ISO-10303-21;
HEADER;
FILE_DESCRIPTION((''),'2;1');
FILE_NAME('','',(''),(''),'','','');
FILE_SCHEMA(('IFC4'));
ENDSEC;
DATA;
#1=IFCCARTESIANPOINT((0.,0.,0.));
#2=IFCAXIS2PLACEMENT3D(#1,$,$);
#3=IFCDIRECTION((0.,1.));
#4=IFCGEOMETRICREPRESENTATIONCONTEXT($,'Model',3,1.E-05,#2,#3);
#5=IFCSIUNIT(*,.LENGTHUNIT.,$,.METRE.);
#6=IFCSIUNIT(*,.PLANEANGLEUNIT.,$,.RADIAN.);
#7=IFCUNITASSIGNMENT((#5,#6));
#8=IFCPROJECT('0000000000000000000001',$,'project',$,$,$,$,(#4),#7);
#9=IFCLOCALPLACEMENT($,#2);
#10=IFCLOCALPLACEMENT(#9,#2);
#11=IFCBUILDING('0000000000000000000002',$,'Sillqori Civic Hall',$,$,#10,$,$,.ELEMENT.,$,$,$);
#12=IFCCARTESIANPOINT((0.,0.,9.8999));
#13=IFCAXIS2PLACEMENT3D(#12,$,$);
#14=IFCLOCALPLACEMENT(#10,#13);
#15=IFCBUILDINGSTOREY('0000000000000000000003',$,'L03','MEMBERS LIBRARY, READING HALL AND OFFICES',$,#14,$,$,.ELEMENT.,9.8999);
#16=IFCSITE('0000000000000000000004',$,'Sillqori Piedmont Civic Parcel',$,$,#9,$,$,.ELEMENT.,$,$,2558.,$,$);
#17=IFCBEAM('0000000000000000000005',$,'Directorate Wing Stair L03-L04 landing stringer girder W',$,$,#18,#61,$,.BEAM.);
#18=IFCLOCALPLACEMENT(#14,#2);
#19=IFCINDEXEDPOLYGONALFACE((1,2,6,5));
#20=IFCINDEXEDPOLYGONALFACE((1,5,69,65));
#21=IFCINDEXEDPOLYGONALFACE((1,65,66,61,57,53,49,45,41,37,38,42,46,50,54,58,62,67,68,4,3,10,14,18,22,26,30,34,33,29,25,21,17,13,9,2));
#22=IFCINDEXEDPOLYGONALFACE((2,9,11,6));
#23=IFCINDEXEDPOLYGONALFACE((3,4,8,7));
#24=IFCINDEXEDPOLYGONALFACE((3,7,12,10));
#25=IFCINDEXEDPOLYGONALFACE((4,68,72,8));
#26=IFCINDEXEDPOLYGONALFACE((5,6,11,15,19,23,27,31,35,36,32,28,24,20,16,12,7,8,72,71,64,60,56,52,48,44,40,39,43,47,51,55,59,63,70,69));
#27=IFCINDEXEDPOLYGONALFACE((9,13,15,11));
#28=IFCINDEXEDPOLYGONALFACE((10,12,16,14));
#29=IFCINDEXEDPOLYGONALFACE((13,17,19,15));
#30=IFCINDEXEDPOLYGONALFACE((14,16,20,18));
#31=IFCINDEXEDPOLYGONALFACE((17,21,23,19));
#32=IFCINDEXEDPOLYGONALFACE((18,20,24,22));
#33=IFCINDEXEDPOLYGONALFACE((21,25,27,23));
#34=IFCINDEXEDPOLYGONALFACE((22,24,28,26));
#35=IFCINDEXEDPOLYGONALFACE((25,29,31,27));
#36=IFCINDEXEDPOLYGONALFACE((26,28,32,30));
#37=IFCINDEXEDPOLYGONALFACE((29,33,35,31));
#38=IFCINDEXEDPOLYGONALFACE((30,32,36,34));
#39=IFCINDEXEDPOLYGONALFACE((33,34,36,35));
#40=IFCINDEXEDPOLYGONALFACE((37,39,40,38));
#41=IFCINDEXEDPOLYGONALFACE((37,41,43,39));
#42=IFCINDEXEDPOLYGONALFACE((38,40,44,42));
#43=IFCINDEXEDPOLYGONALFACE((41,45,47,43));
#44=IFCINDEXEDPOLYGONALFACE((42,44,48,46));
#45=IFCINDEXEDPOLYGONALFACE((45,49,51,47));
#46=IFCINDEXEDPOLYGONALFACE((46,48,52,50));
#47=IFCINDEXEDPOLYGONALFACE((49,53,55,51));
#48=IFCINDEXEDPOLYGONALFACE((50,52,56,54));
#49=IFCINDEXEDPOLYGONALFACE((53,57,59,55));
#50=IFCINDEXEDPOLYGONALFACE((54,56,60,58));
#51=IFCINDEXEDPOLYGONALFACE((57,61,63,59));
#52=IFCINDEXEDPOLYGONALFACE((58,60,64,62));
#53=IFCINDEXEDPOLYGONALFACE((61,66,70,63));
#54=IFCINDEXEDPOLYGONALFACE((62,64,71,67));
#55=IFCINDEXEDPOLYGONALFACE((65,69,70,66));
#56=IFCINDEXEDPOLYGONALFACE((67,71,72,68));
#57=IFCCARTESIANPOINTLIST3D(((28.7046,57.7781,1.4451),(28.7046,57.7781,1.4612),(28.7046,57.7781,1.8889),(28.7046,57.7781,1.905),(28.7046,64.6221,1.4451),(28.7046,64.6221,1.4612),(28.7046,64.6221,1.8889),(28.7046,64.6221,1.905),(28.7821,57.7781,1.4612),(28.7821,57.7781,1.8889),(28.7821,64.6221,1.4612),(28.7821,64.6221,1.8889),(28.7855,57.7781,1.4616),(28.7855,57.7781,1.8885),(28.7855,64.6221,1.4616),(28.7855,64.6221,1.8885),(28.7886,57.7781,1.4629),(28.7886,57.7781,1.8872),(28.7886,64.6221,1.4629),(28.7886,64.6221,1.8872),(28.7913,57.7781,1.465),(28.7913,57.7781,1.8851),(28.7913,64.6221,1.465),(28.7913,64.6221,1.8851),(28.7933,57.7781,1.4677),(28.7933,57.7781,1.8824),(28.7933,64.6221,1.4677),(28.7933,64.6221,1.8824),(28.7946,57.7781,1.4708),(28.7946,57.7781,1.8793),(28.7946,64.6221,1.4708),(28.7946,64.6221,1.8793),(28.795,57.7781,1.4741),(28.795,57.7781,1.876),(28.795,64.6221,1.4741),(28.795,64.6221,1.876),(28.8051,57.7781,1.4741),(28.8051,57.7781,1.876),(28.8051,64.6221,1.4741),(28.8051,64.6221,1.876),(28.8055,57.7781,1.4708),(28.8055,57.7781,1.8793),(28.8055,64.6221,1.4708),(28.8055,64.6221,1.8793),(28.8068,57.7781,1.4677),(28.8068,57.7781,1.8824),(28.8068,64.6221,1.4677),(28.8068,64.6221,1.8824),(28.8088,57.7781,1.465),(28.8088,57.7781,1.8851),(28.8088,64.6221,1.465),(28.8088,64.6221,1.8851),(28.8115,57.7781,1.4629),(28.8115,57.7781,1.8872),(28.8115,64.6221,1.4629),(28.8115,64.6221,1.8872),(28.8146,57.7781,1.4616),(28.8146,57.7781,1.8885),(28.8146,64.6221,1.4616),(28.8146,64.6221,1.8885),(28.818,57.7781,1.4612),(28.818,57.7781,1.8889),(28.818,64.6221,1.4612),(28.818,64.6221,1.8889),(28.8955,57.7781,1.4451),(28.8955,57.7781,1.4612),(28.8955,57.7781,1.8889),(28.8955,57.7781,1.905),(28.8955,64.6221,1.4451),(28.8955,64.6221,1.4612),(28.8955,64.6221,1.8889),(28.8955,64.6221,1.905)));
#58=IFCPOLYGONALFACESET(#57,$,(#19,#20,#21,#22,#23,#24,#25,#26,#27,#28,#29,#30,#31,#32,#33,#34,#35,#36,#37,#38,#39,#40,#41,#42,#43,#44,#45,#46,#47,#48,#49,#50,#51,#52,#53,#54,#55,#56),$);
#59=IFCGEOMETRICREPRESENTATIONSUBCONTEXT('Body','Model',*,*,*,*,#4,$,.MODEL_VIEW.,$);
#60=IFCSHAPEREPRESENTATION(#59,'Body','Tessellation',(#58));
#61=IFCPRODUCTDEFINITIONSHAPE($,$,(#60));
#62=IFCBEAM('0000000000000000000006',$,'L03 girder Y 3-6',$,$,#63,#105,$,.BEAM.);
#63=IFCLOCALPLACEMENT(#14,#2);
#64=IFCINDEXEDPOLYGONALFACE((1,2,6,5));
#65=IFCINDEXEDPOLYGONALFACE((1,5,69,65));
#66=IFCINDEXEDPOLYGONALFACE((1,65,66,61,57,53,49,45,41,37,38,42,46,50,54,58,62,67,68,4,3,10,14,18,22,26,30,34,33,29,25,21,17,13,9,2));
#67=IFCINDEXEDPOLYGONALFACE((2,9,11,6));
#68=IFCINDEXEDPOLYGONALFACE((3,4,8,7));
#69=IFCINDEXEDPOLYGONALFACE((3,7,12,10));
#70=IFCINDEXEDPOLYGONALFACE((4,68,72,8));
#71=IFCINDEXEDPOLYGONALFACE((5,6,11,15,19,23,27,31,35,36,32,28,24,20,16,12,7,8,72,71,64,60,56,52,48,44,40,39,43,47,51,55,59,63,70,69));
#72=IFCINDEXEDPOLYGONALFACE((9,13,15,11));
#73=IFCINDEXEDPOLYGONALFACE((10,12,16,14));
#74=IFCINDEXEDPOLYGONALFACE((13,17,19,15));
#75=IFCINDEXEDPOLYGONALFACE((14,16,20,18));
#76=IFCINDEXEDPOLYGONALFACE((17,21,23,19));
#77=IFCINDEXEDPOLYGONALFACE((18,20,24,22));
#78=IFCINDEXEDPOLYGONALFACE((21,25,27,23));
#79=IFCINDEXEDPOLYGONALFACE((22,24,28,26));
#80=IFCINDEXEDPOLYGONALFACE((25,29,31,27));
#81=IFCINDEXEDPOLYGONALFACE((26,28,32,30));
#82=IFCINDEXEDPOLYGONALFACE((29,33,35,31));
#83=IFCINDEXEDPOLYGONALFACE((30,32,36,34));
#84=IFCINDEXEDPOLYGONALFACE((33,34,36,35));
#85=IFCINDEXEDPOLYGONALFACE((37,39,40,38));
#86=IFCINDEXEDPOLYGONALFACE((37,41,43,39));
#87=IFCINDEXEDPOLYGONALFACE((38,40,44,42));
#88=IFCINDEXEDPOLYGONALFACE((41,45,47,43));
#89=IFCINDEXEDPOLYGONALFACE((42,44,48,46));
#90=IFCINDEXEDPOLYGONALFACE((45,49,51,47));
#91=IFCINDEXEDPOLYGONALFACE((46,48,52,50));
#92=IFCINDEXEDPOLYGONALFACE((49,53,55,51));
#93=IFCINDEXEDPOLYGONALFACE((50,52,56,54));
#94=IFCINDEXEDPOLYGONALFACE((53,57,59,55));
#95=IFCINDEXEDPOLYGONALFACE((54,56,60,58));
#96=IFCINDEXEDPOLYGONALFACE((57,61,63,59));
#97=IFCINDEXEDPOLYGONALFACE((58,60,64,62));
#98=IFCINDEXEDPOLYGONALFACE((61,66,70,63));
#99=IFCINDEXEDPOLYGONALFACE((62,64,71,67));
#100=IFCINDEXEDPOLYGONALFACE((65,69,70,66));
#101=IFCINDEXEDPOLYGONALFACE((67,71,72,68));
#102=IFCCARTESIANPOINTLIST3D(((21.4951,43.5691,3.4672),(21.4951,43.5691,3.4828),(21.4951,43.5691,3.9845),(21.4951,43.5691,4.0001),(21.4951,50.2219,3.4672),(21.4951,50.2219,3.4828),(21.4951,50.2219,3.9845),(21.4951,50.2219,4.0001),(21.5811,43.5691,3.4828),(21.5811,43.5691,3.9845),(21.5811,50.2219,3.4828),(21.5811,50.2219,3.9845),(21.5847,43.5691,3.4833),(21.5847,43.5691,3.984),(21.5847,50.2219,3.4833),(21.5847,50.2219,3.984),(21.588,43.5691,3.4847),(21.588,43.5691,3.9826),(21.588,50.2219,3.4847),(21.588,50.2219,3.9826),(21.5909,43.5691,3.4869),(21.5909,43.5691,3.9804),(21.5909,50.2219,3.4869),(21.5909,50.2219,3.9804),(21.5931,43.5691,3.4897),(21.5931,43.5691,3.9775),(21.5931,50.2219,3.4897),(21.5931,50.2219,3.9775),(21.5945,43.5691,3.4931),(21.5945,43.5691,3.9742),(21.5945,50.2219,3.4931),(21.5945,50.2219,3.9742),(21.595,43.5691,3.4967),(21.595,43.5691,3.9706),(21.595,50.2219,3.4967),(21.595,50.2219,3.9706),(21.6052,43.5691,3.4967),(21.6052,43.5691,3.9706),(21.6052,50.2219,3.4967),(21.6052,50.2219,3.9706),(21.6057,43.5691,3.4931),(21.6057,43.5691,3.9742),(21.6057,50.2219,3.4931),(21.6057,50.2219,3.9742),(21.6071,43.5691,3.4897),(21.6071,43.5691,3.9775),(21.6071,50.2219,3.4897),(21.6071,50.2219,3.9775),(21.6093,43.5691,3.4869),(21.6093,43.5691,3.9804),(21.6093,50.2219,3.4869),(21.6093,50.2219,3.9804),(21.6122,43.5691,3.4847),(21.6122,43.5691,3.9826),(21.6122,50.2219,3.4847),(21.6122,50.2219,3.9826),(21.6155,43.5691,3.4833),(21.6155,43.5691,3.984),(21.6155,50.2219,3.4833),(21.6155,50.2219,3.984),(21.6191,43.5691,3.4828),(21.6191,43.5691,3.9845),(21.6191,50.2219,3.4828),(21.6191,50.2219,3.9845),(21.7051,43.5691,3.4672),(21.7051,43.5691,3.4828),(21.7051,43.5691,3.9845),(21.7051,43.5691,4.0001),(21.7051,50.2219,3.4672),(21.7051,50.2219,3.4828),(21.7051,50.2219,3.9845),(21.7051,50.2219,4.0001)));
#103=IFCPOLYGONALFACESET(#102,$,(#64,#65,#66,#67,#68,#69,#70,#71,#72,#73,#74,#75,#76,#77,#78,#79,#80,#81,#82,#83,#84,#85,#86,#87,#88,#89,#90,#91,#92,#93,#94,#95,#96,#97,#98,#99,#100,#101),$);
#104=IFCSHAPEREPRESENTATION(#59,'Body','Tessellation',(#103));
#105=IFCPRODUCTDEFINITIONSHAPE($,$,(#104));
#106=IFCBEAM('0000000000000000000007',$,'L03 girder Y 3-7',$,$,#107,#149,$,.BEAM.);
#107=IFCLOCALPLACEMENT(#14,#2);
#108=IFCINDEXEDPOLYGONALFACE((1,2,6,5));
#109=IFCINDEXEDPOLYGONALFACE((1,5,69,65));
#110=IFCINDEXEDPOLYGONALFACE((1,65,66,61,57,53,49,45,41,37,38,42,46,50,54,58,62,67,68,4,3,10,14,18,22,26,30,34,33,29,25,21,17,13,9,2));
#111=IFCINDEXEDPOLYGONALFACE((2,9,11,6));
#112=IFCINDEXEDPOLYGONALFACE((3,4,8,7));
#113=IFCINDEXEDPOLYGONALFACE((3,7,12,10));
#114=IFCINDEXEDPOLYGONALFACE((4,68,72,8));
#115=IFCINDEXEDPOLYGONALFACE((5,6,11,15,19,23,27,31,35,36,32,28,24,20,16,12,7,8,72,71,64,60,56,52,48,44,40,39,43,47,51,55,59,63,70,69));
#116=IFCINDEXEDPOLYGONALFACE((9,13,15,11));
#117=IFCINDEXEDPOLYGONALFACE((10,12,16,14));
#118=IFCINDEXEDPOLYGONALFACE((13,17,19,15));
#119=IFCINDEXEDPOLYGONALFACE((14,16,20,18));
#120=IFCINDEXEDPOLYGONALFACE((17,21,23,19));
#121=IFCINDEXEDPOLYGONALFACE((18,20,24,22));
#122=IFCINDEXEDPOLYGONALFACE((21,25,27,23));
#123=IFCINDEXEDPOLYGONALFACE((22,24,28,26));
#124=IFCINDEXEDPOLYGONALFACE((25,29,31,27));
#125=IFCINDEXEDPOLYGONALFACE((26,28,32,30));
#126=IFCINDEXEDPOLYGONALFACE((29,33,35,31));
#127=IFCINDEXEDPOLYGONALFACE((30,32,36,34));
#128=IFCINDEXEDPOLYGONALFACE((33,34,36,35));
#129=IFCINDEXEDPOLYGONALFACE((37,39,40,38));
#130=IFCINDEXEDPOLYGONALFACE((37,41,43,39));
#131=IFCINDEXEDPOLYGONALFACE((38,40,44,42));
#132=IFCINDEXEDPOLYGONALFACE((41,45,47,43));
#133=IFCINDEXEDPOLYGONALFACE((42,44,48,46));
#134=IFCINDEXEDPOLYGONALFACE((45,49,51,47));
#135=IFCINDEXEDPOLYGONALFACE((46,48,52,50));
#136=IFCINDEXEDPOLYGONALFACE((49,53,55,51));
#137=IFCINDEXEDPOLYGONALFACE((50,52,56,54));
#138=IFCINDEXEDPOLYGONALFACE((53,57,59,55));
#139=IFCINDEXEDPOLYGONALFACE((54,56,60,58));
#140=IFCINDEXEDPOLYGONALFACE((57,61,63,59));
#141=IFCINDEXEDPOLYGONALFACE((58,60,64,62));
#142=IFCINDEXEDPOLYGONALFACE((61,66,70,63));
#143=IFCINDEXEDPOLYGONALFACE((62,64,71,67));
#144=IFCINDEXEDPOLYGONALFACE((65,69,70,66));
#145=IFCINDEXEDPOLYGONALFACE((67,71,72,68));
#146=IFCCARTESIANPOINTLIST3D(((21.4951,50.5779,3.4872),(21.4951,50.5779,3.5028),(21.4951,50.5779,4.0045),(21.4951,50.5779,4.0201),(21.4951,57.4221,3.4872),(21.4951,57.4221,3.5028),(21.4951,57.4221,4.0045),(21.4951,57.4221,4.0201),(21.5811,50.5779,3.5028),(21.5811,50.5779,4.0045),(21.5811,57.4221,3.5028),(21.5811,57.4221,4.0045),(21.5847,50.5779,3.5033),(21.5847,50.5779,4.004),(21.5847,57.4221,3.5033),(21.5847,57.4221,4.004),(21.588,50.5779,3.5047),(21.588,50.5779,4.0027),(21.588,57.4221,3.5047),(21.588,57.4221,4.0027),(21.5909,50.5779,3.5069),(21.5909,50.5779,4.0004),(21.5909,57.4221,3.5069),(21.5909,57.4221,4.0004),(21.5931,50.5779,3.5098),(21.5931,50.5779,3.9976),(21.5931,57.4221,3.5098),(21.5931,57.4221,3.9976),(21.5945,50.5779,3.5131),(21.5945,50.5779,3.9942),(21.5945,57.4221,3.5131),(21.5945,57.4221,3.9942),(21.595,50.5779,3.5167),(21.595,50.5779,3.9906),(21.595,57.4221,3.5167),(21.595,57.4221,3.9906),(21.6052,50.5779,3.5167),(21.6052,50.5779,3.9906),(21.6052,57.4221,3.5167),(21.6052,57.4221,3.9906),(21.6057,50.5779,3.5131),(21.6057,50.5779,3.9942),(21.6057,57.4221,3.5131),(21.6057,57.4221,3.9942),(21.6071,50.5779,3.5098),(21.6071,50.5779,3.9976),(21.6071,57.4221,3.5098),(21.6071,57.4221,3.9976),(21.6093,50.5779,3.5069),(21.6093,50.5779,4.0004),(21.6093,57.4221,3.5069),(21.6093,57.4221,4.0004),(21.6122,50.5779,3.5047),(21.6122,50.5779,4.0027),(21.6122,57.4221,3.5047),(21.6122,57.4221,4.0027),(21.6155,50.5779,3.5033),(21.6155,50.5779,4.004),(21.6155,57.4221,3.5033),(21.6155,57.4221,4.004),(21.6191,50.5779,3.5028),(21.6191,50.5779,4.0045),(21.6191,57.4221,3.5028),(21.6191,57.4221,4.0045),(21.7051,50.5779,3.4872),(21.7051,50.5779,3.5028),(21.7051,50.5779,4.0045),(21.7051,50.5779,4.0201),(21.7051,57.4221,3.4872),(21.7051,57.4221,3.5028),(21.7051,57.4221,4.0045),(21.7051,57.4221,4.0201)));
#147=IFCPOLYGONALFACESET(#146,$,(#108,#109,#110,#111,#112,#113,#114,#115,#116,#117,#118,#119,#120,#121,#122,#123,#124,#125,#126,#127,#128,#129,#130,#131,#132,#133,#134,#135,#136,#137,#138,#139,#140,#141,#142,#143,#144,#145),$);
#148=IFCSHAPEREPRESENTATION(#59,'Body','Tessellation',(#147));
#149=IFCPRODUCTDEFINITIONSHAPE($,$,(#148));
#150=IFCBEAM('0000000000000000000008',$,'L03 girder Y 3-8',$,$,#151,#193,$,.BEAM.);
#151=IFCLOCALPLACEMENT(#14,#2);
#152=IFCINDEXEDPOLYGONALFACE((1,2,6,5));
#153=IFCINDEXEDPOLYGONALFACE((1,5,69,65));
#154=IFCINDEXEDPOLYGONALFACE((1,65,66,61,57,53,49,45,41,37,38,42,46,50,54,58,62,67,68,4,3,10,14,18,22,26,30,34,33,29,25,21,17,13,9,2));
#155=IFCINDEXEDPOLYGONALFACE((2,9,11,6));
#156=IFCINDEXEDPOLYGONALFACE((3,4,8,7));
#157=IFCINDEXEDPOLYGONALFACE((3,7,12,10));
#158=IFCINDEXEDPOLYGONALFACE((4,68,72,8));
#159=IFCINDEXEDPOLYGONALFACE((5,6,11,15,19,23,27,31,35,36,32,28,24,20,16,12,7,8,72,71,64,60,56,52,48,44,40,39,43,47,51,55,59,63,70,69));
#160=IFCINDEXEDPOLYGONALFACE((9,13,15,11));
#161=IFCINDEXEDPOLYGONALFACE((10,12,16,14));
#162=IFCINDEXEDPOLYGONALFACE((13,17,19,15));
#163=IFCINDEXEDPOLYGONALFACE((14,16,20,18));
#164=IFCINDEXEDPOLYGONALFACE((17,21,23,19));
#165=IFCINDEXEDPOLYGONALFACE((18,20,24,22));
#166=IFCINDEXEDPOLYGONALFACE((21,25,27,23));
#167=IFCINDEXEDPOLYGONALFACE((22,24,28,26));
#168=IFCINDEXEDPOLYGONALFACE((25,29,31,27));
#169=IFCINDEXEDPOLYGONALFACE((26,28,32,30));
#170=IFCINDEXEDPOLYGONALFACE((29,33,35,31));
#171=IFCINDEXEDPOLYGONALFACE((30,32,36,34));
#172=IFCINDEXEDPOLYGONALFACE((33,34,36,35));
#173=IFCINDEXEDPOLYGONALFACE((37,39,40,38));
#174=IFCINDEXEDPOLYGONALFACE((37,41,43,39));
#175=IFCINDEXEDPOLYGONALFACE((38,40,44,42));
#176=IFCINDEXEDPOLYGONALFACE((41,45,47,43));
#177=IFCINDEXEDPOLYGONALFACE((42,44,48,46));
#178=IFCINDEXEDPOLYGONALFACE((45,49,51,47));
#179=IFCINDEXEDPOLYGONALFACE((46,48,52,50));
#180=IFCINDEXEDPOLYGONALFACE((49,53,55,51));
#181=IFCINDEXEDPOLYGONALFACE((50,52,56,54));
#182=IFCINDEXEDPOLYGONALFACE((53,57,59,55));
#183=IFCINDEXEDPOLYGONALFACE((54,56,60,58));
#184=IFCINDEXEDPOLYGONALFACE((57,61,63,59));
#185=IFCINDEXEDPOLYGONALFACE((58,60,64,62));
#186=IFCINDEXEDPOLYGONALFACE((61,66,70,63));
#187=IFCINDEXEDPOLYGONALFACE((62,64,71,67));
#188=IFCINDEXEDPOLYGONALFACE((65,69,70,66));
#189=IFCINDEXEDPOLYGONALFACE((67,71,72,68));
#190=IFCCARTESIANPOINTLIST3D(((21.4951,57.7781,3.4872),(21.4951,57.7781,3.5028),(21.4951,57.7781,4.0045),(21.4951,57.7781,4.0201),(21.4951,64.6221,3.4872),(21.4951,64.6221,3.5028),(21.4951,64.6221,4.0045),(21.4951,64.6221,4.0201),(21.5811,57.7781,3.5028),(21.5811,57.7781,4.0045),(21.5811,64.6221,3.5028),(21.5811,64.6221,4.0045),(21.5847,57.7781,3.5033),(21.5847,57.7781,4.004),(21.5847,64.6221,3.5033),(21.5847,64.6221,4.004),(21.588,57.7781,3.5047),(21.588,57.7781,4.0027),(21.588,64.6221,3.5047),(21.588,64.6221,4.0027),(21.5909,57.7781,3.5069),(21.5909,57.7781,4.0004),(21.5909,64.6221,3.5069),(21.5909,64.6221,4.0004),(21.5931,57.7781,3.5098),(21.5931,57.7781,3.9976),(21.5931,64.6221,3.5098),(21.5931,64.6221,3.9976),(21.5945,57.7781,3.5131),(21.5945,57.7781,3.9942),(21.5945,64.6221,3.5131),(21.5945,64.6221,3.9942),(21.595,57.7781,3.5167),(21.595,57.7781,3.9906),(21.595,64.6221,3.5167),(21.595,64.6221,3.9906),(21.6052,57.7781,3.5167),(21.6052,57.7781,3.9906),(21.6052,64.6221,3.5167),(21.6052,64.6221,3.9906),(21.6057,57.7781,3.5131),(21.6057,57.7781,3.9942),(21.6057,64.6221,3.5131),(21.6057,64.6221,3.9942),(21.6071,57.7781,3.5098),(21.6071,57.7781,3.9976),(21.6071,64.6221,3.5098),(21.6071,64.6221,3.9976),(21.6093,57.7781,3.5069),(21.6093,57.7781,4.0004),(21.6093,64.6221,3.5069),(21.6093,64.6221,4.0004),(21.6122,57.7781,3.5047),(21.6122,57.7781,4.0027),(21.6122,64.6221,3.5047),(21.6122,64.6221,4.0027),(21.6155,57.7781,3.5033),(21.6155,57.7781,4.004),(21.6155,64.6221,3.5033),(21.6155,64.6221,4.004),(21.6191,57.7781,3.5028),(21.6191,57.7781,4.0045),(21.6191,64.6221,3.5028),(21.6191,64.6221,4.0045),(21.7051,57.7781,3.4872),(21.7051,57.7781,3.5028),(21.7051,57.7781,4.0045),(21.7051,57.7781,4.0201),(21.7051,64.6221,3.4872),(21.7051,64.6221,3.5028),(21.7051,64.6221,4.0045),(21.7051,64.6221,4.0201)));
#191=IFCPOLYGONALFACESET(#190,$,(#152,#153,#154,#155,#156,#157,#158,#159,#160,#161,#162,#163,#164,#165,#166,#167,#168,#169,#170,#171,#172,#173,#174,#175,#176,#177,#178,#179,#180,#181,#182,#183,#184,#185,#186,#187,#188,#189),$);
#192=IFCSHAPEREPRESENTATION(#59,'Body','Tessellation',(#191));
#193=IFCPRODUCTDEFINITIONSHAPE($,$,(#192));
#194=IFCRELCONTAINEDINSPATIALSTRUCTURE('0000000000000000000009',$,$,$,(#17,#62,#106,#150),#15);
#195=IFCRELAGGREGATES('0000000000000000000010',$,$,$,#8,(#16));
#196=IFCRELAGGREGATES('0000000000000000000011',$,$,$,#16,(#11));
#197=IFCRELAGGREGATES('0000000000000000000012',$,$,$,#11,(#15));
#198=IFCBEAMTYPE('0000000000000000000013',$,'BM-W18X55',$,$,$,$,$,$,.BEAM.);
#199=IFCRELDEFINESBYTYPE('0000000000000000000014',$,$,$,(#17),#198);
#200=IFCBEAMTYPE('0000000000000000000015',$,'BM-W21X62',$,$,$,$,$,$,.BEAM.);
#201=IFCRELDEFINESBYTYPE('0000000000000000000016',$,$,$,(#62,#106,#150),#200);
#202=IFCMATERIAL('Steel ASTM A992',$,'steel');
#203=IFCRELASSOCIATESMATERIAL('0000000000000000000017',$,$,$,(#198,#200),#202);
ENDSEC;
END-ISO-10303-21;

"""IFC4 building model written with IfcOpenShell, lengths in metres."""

from ifc_helpers import new_model, si_unit, direction, frame, origin, origin_2d, place, context, subcontext, project, spatial, i_section, extrude, material, material_profile, profile_set, type_object, element, save


model = new_model("IFC4")

# Units and contexts
model_context = context("Model", 3, precision=1e-05, world=origin(), true_north=direction((0.0, 1.0)))
body_context = subcontext(model_context, "Body", "Model", "MODEL_VIEW")
ifc_project = project(units=[si_unit("LENGTHUNIT", "METRE"), si_unit("PLANEANGLEUNIT", "RADIAN")], contexts=[model_context])

# Site, building, storey
site_placement = place(None, origin())
site = spatial("IfcSite", under=ifc_project, at=site_placement, Name="Sillqori Piedmont Civic Parcel", CompositionType="ELEMENT", RefElevation=2558.0)
building_placement = place(site_placement, origin())
building = spatial("IfcBuilding", under=site, at=building_placement, Name="Sillqori Civic Hall", CompositionType="ELEMENT")
storey_placement = place(building_placement, frame((0.0, 0.0, 9.8999)))
storey = spatial("IfcBuildingStorey", under=building, at=storey_placement, Name="L03", Description="MEMBERS LIBRARY, READING HALL AND OFFICES", CompositionType="ELEMENT", Elevation=9.8999)

# Shared definitions
ifc_material_1 = material(Name="Steel ASTM A992", Category="steel")

# Beams
ifc_material_profile_1 = material_profile(ifc_material_1, i_section(OverallWidth=0.1909, OverallDepth=0.46, WebThickness=0.01, FlangeThickness=0.0161, FilletRadius=0.0129, at=origin_2d()), Name="W18X55")
ifc_profile_set_1 = profile_set([ifc_material_profile_1], Name="Steel ASTM A992")
beam_type_1 = type_object("IfcBeamType", Name="BM-W18X55", PredefinedType="BEAM", material=ifc_profile_set_1)
beam_1_placement = place(storey_placement, frame((28.8, 57.7781, 1.675), z_axis=(0.0, 1.0, 0.0), x_axis=(-1.0, 0.0, 0.0)))
element("IfcBeam", 1, at=beam_1_placement, inside=storey, type_object=beam_type_1, Name="Directorate Wing Stair L03-L04 landing stringer girder W", PredefinedType="BEAM", context=body_context, shape_type="SweptSolid", body=[
    extrude(i_section(OverallWidth=0.1909, OverallDepth=0.46, WebThickness=0.01, FlangeThickness=0.0161, FilletRadius=0.0129, at=origin_2d()), origin(), (0.0, 0.0, 1.0), 6.844),
])
ifc_material_profile_2 = material_profile(ifc_material_1, i_section(OverallWidth=0.21, OverallDepth=0.533, WebThickness=0.0103, FlangeThickness=0.0156, FilletRadius=0.0139, at=origin_2d()), Name="W21X62")
ifc_profile_set_2 = profile_set([ifc_material_profile_2], Name="Steel ASTM A992")
beam_type_2 = type_object("IfcBeamType", Name="BM-W21X62", PredefinedType="BEAM", material=ifc_profile_set_2)
beam_2_placement = place(storey_placement, frame((21.6001, 43.5691, 3.7336), z_axis=(0.0, 1.0, 0.0), x_axis=(-1.0, 0.0, 0.0)))
element("IfcBeam", 2, at=beam_2_placement, inside=storey, type_object=beam_type_2, Name="L03 girder Y 3-6", PredefinedType="BEAM", context=body_context, shape_type="SweptSolid", body=[
    extrude(i_section(OverallWidth=0.21, OverallDepth=0.533, WebThickness=0.0103, FlangeThickness=0.0156, FilletRadius=0.0139, at=origin_2d()), origin(), (0.0, 0.0, 1.0), 6.6528),
])
beam_3_placement = place(storey_placement, frame((21.6001, 50.5779, 3.7537), z_axis=(0.0, 1.0, 0.0), x_axis=(-1.0, 0.0, 0.0)))
element("IfcBeam", 3, at=beam_3_placement, inside=storey, type_object=beam_type_2, Name="L03 girder Y 3-7", PredefinedType="BEAM", context=body_context, shape_type="SweptSolid", body=[
    extrude(i_section(OverallWidth=0.21, OverallDepth=0.533, WebThickness=0.0103, FlangeThickness=0.0156, FilletRadius=0.0139, at=origin_2d()), origin(), (0.0, 0.0, 1.0), 6.8442),
])
beam_4_placement = place(storey_placement, frame((21.6001, 57.7781, 3.7537), z_axis=(0.0, 1.0, 0.0), x_axis=(-1.0, 0.0, 0.0)))
element("IfcBeam", 4, at=beam_4_placement, inside=storey, type_object=beam_type_2, Name="L03 girder Y 3-8", PredefinedType="BEAM", context=body_context, shape_type="SweptSolid", body=[
    extrude(i_section(OverallWidth=0.21, OverallDepth=0.533, WebThickness=0.0103, FlangeThickness=0.0156, FilletRadius=0.0139, at=origin_2d()), origin(), (0.0, 0.0, 1.0), 6.844),
])

save(model, "model.ifc")
